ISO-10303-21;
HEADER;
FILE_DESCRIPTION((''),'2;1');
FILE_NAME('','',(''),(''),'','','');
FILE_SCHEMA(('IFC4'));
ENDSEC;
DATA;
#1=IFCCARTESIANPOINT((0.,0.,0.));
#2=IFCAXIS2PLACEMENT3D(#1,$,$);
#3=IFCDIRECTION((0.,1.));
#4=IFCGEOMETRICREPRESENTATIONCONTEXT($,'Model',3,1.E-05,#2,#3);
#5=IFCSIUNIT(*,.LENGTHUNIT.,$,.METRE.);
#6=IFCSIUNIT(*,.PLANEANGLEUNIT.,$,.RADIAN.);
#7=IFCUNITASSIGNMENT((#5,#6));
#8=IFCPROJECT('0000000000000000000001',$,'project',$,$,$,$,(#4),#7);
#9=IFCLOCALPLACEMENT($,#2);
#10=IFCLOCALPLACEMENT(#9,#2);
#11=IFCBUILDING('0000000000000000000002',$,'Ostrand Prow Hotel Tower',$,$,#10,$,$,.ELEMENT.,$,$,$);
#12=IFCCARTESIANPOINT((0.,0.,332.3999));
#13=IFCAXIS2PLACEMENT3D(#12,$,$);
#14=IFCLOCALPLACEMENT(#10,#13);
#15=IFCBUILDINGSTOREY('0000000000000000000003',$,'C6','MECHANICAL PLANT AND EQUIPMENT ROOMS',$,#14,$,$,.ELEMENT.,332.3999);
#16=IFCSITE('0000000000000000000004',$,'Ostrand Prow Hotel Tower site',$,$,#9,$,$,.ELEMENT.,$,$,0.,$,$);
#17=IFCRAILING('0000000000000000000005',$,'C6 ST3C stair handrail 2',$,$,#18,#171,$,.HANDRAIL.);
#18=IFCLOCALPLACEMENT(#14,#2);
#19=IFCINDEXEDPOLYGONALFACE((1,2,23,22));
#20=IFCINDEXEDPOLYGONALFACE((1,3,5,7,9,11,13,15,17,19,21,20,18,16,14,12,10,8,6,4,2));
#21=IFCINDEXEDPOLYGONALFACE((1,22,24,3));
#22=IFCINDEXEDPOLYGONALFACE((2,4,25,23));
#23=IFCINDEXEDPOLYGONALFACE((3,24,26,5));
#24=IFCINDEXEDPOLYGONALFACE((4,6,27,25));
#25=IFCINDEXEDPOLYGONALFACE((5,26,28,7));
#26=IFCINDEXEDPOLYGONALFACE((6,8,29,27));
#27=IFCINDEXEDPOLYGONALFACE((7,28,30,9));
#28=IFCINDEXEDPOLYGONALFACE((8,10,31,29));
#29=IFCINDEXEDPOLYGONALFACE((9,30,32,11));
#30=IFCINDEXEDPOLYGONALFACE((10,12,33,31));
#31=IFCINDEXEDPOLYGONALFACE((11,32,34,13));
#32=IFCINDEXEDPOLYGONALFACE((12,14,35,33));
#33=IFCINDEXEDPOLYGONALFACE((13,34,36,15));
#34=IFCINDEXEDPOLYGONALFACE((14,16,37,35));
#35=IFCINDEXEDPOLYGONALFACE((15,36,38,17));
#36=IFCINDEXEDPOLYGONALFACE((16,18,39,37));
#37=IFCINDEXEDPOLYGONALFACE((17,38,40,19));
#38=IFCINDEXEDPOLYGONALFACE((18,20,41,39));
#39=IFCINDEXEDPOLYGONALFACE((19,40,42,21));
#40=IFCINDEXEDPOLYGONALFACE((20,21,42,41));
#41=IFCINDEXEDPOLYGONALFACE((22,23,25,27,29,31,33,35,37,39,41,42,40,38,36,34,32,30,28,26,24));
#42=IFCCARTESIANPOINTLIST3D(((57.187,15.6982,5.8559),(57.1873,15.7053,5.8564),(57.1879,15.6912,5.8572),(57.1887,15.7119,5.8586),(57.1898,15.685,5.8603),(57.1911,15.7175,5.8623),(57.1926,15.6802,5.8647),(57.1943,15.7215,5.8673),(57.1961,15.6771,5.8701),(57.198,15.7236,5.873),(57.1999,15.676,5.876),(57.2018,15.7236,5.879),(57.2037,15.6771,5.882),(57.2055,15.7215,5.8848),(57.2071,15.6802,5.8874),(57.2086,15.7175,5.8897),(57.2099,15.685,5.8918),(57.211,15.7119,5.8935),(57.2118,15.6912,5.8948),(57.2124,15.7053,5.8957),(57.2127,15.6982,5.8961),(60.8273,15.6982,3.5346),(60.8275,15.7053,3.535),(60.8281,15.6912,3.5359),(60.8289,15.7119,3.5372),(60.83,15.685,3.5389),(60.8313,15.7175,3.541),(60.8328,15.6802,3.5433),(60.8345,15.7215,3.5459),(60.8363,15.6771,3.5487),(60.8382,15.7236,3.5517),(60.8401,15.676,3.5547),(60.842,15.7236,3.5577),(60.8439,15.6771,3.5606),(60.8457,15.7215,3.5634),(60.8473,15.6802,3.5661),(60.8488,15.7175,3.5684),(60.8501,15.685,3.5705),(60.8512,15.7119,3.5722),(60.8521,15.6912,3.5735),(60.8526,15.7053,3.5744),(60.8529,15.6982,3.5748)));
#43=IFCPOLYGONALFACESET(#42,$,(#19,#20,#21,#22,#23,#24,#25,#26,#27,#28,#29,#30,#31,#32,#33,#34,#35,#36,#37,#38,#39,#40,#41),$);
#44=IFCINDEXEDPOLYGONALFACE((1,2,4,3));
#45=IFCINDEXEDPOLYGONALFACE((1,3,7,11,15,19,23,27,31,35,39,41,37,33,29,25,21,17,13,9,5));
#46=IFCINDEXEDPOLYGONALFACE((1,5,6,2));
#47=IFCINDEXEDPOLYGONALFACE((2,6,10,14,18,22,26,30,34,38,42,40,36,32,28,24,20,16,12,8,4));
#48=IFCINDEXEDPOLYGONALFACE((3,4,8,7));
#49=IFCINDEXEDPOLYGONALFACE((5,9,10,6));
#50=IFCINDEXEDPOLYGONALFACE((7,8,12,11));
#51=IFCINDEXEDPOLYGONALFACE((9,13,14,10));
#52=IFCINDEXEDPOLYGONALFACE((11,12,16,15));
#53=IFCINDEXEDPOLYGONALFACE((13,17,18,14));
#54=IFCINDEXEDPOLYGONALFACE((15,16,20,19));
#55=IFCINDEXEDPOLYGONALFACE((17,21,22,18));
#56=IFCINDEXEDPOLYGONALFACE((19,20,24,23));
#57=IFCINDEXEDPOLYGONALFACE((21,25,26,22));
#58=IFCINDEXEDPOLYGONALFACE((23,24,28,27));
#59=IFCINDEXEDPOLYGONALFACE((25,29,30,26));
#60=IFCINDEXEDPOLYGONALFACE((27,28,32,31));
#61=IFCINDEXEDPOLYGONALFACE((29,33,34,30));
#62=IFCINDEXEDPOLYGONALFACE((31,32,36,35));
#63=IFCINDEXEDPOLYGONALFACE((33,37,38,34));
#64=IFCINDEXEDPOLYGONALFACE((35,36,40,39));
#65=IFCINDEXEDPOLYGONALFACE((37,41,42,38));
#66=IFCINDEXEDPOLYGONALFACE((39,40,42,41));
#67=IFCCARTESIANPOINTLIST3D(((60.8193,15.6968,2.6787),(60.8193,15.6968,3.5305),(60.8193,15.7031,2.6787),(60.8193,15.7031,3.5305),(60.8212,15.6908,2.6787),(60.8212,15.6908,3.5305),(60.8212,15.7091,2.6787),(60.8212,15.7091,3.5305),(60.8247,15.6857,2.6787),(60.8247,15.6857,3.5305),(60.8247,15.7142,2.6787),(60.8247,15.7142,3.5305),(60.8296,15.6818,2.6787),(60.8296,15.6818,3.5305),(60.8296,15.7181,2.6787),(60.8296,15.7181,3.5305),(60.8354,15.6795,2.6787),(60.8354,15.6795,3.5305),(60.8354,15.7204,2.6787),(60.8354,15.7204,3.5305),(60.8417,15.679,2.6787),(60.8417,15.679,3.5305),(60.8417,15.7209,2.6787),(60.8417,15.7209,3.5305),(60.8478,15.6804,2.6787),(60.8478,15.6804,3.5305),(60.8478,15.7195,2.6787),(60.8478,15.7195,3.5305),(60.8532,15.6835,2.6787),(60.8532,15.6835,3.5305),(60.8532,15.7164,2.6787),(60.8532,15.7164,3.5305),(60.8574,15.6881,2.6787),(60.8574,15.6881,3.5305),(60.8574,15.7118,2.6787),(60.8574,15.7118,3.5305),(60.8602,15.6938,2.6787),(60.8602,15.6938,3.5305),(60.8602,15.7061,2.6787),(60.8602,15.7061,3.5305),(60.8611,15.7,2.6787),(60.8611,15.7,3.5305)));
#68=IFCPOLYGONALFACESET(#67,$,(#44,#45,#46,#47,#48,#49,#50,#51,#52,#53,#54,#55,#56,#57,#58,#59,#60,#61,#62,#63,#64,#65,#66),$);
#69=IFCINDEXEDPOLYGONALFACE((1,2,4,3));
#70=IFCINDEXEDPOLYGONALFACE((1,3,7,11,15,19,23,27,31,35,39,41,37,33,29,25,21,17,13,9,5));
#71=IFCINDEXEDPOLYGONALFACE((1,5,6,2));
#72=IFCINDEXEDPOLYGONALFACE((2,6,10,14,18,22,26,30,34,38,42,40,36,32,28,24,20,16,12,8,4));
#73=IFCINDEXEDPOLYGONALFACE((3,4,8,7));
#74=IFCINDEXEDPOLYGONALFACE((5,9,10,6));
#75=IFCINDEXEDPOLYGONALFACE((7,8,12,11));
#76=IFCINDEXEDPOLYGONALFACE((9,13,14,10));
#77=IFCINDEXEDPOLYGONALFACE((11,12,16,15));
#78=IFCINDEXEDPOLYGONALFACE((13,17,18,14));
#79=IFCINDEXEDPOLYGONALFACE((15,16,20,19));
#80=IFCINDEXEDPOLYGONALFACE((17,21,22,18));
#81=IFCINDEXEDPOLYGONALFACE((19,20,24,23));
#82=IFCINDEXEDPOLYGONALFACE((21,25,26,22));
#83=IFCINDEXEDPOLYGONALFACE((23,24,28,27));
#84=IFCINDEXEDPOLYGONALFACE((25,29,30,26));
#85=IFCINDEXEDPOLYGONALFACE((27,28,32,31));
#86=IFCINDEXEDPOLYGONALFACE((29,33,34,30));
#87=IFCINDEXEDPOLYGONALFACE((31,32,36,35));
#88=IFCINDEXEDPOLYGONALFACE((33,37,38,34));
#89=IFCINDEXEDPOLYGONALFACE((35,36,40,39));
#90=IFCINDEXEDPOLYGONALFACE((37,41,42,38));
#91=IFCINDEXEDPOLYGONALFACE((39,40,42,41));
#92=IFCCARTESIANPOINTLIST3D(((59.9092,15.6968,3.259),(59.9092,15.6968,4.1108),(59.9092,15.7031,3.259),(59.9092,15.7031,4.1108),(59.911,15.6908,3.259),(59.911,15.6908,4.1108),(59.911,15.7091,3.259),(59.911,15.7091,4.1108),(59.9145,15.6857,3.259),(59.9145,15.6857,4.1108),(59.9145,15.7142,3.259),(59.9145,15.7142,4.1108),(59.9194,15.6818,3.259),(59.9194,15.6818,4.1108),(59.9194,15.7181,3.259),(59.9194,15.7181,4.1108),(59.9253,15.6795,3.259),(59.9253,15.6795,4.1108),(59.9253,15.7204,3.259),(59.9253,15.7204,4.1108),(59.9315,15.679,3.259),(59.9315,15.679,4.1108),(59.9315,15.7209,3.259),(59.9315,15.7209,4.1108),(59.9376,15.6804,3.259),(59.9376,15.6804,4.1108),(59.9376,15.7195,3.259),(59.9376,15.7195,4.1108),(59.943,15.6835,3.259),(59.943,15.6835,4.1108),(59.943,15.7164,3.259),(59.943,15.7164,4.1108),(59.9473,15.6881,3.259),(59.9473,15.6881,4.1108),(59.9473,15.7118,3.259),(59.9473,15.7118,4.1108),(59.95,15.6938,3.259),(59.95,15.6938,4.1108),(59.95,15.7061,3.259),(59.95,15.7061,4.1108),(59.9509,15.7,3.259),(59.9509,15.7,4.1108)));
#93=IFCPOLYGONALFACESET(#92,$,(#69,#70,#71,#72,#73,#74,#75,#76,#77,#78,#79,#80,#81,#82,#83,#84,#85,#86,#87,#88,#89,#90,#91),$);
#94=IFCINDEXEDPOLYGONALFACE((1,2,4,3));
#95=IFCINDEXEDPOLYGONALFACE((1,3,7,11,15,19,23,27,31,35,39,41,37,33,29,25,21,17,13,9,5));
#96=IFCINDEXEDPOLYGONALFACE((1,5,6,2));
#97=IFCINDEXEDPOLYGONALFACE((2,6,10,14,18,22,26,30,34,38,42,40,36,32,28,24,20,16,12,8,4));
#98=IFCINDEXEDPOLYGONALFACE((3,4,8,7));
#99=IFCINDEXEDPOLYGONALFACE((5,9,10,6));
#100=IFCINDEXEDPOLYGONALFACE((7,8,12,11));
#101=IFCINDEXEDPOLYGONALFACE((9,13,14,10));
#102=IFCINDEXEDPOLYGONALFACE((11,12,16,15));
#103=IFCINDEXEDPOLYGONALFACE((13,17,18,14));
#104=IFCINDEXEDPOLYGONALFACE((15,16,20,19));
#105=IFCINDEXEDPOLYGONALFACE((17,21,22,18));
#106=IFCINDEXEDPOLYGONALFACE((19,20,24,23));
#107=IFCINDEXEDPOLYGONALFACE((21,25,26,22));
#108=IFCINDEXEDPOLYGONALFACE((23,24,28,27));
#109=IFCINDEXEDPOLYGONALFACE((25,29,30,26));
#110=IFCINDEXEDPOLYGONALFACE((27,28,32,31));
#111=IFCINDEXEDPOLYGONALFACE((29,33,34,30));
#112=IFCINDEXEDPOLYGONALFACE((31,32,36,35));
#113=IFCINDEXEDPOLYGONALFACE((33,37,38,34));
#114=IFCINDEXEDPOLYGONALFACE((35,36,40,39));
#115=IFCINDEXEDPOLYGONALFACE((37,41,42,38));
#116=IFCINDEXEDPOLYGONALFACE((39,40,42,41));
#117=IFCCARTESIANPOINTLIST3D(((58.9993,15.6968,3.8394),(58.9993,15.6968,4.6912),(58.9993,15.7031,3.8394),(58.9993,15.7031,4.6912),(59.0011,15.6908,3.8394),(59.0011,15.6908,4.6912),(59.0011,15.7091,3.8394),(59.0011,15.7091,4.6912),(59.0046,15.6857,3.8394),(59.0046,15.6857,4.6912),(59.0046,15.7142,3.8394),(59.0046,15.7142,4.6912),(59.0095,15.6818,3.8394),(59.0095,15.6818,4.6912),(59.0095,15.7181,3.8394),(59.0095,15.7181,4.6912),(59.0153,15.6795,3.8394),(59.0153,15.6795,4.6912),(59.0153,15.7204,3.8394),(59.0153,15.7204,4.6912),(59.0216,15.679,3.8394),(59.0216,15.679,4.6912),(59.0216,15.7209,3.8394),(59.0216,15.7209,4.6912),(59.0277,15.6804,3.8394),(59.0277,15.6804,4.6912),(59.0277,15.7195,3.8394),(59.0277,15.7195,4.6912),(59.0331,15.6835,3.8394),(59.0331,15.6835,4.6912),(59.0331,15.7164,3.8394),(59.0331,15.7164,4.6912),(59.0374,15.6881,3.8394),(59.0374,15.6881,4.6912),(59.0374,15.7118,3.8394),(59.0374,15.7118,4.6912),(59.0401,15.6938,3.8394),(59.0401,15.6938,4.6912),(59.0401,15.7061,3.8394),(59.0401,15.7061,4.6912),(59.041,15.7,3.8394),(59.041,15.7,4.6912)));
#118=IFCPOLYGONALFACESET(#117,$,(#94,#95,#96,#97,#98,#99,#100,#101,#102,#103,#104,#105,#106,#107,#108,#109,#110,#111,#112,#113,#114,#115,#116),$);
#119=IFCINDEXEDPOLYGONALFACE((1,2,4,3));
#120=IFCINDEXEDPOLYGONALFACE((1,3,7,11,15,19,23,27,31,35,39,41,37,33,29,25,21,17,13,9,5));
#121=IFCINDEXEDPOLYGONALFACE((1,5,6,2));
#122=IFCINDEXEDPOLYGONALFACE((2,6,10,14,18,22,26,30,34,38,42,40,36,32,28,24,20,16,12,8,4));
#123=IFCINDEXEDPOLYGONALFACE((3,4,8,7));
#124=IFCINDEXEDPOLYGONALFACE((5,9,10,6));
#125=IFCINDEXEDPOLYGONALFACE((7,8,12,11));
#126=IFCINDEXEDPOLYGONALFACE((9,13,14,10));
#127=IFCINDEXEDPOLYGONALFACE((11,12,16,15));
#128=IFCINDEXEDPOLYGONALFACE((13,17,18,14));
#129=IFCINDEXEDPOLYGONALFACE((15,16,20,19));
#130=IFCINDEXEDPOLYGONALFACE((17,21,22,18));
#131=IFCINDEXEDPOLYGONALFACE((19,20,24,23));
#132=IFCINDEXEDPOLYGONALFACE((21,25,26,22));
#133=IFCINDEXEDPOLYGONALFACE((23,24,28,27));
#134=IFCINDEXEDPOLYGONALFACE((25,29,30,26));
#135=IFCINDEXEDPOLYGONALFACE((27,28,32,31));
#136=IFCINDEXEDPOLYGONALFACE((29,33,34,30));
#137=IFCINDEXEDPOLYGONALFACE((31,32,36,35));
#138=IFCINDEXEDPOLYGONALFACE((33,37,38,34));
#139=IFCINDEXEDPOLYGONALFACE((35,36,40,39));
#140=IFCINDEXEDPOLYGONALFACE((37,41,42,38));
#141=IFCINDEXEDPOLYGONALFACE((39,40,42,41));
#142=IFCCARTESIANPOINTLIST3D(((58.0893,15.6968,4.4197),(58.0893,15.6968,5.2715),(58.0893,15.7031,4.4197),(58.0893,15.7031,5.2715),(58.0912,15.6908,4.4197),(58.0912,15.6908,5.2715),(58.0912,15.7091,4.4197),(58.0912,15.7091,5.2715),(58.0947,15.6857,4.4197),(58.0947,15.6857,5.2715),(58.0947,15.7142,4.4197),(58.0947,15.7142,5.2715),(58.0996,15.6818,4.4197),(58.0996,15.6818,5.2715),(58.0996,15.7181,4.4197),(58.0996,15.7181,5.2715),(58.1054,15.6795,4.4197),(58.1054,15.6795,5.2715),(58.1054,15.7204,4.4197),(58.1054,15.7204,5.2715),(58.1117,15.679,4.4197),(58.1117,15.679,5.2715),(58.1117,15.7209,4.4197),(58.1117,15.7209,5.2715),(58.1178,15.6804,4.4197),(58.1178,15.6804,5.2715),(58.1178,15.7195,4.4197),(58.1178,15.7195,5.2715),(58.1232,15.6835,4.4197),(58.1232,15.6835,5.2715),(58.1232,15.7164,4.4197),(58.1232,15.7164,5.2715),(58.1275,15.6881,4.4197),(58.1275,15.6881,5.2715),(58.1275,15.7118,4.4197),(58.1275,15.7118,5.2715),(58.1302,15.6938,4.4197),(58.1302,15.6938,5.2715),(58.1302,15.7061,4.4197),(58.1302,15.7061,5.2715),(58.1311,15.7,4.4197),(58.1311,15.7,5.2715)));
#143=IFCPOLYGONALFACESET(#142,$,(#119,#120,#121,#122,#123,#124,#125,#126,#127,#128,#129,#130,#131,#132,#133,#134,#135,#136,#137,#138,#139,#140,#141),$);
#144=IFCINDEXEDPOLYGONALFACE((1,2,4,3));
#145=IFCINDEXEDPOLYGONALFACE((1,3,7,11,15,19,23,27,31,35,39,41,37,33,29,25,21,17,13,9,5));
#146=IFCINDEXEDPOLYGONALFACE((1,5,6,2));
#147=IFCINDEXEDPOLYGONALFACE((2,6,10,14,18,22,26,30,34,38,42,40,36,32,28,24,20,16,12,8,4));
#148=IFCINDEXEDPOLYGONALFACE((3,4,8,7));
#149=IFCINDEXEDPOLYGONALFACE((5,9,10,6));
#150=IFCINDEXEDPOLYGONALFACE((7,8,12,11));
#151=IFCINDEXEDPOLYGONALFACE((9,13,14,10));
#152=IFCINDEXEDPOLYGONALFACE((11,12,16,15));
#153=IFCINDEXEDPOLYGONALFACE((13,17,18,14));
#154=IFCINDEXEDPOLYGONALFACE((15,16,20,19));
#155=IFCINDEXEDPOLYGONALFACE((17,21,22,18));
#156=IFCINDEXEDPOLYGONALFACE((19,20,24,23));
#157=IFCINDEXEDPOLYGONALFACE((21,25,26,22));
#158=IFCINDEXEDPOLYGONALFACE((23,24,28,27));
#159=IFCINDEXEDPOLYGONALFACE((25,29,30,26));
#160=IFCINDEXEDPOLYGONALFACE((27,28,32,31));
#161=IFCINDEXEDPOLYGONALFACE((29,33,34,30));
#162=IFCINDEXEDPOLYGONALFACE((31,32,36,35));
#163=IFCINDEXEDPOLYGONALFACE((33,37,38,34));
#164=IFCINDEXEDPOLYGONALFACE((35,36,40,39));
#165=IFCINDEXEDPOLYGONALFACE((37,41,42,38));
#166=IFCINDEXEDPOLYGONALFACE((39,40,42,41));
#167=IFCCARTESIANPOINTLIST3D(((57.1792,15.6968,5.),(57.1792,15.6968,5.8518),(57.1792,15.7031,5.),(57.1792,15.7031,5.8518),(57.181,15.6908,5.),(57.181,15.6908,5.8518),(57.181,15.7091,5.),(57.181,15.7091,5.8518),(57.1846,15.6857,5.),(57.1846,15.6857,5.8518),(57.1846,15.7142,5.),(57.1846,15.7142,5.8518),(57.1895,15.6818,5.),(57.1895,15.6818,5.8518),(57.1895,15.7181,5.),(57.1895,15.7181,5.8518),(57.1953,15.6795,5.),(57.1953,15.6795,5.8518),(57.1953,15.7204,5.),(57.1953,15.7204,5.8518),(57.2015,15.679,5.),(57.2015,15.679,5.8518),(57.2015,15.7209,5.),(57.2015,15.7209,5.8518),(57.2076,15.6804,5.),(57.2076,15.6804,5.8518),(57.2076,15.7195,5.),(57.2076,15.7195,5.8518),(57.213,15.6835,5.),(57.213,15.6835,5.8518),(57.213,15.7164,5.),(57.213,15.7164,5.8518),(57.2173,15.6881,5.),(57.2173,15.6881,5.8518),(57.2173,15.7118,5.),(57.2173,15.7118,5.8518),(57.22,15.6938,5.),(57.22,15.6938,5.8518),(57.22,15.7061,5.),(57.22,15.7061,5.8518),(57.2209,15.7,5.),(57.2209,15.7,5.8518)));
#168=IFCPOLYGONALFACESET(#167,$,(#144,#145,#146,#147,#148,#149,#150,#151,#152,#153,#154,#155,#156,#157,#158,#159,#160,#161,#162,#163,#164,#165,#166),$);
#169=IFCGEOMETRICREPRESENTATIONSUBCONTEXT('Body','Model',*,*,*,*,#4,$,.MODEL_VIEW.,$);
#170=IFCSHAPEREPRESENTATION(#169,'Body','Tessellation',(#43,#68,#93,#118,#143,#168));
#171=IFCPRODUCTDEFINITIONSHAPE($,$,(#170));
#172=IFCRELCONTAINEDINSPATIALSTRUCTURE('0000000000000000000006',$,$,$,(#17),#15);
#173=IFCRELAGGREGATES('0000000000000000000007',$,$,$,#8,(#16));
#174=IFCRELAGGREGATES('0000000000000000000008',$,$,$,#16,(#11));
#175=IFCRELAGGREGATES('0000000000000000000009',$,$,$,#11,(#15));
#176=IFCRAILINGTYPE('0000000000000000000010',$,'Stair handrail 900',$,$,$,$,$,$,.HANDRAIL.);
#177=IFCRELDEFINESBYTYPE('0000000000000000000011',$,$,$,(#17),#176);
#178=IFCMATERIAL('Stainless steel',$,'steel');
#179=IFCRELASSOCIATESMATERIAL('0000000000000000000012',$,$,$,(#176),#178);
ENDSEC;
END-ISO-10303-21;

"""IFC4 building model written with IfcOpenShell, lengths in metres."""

from ifc_helpers import new_model, si_unit, direction, frame, origin, origin_2d, place, context, subcontext, project, spatial, circle, extrude, material, type_object, element, save


model = new_model("IFC4")

# Units and contexts
model_context = context("Model", 3, precision=1e-05, world=origin(), true_north=direction((0.0, 1.0)))
body_context = subcontext(model_context, "Body", "Model", "MODEL_VIEW")
ifc_project = project(units=[si_unit("LENGTHUNIT", "METRE"), si_unit("PLANEANGLEUNIT", "RADIAN")], contexts=[model_context])

# Site, building, storey
site_placement = place(None, origin())
site = spatial("IfcSite", under=ifc_project, at=site_placement, Name="Ostrand Prow Hotel Tower site", CompositionType="ELEMENT", RefElevation=0.0)
building_placement = place(site_placement, origin())
building = spatial("IfcBuilding", under=site, at=building_placement, Name="Ostrand Prow Hotel Tower", CompositionType="ELEMENT")
storey_placement = place(building_placement, frame((0.0, 0.0, 332.3999)))
storey = spatial("IfcBuildingStorey", under=building, at=storey_placement, Name="C6", Description="MECHANICAL PLANT AND EQUIPMENT ROOMS", CompositionType="ELEMENT", Elevation=332.3999)

# Railing
ifc_material_1 = material(Name="Stainless steel", Category="steel")
railing_type_1 = type_object("IfcRailingType", Name="Stair handrail 900", PredefinedType="HANDRAIL", material=ifc_material_1)
railing_1_placement = place(storey_placement, frame((60.8401, 15.7, 2.6787)))
element("IfcRailing", 1, at=railing_1_placement, inside=storey, type_object=railing_type_1, Name="C6 ST3C stair handrail 2", PredefinedType="HANDRAIL", context=body_context, shape_type="SweptSolid", body=[
    extrude(circle(Radius=0.0239, at=origin_2d()), frame((0.0, 0.0, 0.876), z_axis=(-0.843153, 0.0, 0.537673), x_axis=(0.0, -1.0, 0.0)), (0.0, 0.0, 1.0), 4.3174),
    extrude(circle(Radius=0.021, at=origin_2d()), origin(), (0.0, 0.0, 1.0), 0.8518),
    extrude(circle(Radius=0.021, at=origin_2d()), frame((-0.9102, 0.0, 0.5803)), (0.0, 0.0, 1.0), 0.8518),
    extrude(circle(Radius=0.021, at=origin_2d()), frame((-1.8201, 0.0, 1.1606)), (0.0, 0.0, 1.0), 0.8518),
    extrude(circle(Radius=0.021, at=origin_2d()), frame((-2.73, 0.0, 1.741)), (0.0, 0.0, 1.0), 0.8518),
    extrude(circle(Radius=0.021, at=origin_2d()), frame((-3.6401, 0.0, 2.3213)), (0.0, 0.0, 1.0), 0.8518),
])

save(model, "model.ifc")
